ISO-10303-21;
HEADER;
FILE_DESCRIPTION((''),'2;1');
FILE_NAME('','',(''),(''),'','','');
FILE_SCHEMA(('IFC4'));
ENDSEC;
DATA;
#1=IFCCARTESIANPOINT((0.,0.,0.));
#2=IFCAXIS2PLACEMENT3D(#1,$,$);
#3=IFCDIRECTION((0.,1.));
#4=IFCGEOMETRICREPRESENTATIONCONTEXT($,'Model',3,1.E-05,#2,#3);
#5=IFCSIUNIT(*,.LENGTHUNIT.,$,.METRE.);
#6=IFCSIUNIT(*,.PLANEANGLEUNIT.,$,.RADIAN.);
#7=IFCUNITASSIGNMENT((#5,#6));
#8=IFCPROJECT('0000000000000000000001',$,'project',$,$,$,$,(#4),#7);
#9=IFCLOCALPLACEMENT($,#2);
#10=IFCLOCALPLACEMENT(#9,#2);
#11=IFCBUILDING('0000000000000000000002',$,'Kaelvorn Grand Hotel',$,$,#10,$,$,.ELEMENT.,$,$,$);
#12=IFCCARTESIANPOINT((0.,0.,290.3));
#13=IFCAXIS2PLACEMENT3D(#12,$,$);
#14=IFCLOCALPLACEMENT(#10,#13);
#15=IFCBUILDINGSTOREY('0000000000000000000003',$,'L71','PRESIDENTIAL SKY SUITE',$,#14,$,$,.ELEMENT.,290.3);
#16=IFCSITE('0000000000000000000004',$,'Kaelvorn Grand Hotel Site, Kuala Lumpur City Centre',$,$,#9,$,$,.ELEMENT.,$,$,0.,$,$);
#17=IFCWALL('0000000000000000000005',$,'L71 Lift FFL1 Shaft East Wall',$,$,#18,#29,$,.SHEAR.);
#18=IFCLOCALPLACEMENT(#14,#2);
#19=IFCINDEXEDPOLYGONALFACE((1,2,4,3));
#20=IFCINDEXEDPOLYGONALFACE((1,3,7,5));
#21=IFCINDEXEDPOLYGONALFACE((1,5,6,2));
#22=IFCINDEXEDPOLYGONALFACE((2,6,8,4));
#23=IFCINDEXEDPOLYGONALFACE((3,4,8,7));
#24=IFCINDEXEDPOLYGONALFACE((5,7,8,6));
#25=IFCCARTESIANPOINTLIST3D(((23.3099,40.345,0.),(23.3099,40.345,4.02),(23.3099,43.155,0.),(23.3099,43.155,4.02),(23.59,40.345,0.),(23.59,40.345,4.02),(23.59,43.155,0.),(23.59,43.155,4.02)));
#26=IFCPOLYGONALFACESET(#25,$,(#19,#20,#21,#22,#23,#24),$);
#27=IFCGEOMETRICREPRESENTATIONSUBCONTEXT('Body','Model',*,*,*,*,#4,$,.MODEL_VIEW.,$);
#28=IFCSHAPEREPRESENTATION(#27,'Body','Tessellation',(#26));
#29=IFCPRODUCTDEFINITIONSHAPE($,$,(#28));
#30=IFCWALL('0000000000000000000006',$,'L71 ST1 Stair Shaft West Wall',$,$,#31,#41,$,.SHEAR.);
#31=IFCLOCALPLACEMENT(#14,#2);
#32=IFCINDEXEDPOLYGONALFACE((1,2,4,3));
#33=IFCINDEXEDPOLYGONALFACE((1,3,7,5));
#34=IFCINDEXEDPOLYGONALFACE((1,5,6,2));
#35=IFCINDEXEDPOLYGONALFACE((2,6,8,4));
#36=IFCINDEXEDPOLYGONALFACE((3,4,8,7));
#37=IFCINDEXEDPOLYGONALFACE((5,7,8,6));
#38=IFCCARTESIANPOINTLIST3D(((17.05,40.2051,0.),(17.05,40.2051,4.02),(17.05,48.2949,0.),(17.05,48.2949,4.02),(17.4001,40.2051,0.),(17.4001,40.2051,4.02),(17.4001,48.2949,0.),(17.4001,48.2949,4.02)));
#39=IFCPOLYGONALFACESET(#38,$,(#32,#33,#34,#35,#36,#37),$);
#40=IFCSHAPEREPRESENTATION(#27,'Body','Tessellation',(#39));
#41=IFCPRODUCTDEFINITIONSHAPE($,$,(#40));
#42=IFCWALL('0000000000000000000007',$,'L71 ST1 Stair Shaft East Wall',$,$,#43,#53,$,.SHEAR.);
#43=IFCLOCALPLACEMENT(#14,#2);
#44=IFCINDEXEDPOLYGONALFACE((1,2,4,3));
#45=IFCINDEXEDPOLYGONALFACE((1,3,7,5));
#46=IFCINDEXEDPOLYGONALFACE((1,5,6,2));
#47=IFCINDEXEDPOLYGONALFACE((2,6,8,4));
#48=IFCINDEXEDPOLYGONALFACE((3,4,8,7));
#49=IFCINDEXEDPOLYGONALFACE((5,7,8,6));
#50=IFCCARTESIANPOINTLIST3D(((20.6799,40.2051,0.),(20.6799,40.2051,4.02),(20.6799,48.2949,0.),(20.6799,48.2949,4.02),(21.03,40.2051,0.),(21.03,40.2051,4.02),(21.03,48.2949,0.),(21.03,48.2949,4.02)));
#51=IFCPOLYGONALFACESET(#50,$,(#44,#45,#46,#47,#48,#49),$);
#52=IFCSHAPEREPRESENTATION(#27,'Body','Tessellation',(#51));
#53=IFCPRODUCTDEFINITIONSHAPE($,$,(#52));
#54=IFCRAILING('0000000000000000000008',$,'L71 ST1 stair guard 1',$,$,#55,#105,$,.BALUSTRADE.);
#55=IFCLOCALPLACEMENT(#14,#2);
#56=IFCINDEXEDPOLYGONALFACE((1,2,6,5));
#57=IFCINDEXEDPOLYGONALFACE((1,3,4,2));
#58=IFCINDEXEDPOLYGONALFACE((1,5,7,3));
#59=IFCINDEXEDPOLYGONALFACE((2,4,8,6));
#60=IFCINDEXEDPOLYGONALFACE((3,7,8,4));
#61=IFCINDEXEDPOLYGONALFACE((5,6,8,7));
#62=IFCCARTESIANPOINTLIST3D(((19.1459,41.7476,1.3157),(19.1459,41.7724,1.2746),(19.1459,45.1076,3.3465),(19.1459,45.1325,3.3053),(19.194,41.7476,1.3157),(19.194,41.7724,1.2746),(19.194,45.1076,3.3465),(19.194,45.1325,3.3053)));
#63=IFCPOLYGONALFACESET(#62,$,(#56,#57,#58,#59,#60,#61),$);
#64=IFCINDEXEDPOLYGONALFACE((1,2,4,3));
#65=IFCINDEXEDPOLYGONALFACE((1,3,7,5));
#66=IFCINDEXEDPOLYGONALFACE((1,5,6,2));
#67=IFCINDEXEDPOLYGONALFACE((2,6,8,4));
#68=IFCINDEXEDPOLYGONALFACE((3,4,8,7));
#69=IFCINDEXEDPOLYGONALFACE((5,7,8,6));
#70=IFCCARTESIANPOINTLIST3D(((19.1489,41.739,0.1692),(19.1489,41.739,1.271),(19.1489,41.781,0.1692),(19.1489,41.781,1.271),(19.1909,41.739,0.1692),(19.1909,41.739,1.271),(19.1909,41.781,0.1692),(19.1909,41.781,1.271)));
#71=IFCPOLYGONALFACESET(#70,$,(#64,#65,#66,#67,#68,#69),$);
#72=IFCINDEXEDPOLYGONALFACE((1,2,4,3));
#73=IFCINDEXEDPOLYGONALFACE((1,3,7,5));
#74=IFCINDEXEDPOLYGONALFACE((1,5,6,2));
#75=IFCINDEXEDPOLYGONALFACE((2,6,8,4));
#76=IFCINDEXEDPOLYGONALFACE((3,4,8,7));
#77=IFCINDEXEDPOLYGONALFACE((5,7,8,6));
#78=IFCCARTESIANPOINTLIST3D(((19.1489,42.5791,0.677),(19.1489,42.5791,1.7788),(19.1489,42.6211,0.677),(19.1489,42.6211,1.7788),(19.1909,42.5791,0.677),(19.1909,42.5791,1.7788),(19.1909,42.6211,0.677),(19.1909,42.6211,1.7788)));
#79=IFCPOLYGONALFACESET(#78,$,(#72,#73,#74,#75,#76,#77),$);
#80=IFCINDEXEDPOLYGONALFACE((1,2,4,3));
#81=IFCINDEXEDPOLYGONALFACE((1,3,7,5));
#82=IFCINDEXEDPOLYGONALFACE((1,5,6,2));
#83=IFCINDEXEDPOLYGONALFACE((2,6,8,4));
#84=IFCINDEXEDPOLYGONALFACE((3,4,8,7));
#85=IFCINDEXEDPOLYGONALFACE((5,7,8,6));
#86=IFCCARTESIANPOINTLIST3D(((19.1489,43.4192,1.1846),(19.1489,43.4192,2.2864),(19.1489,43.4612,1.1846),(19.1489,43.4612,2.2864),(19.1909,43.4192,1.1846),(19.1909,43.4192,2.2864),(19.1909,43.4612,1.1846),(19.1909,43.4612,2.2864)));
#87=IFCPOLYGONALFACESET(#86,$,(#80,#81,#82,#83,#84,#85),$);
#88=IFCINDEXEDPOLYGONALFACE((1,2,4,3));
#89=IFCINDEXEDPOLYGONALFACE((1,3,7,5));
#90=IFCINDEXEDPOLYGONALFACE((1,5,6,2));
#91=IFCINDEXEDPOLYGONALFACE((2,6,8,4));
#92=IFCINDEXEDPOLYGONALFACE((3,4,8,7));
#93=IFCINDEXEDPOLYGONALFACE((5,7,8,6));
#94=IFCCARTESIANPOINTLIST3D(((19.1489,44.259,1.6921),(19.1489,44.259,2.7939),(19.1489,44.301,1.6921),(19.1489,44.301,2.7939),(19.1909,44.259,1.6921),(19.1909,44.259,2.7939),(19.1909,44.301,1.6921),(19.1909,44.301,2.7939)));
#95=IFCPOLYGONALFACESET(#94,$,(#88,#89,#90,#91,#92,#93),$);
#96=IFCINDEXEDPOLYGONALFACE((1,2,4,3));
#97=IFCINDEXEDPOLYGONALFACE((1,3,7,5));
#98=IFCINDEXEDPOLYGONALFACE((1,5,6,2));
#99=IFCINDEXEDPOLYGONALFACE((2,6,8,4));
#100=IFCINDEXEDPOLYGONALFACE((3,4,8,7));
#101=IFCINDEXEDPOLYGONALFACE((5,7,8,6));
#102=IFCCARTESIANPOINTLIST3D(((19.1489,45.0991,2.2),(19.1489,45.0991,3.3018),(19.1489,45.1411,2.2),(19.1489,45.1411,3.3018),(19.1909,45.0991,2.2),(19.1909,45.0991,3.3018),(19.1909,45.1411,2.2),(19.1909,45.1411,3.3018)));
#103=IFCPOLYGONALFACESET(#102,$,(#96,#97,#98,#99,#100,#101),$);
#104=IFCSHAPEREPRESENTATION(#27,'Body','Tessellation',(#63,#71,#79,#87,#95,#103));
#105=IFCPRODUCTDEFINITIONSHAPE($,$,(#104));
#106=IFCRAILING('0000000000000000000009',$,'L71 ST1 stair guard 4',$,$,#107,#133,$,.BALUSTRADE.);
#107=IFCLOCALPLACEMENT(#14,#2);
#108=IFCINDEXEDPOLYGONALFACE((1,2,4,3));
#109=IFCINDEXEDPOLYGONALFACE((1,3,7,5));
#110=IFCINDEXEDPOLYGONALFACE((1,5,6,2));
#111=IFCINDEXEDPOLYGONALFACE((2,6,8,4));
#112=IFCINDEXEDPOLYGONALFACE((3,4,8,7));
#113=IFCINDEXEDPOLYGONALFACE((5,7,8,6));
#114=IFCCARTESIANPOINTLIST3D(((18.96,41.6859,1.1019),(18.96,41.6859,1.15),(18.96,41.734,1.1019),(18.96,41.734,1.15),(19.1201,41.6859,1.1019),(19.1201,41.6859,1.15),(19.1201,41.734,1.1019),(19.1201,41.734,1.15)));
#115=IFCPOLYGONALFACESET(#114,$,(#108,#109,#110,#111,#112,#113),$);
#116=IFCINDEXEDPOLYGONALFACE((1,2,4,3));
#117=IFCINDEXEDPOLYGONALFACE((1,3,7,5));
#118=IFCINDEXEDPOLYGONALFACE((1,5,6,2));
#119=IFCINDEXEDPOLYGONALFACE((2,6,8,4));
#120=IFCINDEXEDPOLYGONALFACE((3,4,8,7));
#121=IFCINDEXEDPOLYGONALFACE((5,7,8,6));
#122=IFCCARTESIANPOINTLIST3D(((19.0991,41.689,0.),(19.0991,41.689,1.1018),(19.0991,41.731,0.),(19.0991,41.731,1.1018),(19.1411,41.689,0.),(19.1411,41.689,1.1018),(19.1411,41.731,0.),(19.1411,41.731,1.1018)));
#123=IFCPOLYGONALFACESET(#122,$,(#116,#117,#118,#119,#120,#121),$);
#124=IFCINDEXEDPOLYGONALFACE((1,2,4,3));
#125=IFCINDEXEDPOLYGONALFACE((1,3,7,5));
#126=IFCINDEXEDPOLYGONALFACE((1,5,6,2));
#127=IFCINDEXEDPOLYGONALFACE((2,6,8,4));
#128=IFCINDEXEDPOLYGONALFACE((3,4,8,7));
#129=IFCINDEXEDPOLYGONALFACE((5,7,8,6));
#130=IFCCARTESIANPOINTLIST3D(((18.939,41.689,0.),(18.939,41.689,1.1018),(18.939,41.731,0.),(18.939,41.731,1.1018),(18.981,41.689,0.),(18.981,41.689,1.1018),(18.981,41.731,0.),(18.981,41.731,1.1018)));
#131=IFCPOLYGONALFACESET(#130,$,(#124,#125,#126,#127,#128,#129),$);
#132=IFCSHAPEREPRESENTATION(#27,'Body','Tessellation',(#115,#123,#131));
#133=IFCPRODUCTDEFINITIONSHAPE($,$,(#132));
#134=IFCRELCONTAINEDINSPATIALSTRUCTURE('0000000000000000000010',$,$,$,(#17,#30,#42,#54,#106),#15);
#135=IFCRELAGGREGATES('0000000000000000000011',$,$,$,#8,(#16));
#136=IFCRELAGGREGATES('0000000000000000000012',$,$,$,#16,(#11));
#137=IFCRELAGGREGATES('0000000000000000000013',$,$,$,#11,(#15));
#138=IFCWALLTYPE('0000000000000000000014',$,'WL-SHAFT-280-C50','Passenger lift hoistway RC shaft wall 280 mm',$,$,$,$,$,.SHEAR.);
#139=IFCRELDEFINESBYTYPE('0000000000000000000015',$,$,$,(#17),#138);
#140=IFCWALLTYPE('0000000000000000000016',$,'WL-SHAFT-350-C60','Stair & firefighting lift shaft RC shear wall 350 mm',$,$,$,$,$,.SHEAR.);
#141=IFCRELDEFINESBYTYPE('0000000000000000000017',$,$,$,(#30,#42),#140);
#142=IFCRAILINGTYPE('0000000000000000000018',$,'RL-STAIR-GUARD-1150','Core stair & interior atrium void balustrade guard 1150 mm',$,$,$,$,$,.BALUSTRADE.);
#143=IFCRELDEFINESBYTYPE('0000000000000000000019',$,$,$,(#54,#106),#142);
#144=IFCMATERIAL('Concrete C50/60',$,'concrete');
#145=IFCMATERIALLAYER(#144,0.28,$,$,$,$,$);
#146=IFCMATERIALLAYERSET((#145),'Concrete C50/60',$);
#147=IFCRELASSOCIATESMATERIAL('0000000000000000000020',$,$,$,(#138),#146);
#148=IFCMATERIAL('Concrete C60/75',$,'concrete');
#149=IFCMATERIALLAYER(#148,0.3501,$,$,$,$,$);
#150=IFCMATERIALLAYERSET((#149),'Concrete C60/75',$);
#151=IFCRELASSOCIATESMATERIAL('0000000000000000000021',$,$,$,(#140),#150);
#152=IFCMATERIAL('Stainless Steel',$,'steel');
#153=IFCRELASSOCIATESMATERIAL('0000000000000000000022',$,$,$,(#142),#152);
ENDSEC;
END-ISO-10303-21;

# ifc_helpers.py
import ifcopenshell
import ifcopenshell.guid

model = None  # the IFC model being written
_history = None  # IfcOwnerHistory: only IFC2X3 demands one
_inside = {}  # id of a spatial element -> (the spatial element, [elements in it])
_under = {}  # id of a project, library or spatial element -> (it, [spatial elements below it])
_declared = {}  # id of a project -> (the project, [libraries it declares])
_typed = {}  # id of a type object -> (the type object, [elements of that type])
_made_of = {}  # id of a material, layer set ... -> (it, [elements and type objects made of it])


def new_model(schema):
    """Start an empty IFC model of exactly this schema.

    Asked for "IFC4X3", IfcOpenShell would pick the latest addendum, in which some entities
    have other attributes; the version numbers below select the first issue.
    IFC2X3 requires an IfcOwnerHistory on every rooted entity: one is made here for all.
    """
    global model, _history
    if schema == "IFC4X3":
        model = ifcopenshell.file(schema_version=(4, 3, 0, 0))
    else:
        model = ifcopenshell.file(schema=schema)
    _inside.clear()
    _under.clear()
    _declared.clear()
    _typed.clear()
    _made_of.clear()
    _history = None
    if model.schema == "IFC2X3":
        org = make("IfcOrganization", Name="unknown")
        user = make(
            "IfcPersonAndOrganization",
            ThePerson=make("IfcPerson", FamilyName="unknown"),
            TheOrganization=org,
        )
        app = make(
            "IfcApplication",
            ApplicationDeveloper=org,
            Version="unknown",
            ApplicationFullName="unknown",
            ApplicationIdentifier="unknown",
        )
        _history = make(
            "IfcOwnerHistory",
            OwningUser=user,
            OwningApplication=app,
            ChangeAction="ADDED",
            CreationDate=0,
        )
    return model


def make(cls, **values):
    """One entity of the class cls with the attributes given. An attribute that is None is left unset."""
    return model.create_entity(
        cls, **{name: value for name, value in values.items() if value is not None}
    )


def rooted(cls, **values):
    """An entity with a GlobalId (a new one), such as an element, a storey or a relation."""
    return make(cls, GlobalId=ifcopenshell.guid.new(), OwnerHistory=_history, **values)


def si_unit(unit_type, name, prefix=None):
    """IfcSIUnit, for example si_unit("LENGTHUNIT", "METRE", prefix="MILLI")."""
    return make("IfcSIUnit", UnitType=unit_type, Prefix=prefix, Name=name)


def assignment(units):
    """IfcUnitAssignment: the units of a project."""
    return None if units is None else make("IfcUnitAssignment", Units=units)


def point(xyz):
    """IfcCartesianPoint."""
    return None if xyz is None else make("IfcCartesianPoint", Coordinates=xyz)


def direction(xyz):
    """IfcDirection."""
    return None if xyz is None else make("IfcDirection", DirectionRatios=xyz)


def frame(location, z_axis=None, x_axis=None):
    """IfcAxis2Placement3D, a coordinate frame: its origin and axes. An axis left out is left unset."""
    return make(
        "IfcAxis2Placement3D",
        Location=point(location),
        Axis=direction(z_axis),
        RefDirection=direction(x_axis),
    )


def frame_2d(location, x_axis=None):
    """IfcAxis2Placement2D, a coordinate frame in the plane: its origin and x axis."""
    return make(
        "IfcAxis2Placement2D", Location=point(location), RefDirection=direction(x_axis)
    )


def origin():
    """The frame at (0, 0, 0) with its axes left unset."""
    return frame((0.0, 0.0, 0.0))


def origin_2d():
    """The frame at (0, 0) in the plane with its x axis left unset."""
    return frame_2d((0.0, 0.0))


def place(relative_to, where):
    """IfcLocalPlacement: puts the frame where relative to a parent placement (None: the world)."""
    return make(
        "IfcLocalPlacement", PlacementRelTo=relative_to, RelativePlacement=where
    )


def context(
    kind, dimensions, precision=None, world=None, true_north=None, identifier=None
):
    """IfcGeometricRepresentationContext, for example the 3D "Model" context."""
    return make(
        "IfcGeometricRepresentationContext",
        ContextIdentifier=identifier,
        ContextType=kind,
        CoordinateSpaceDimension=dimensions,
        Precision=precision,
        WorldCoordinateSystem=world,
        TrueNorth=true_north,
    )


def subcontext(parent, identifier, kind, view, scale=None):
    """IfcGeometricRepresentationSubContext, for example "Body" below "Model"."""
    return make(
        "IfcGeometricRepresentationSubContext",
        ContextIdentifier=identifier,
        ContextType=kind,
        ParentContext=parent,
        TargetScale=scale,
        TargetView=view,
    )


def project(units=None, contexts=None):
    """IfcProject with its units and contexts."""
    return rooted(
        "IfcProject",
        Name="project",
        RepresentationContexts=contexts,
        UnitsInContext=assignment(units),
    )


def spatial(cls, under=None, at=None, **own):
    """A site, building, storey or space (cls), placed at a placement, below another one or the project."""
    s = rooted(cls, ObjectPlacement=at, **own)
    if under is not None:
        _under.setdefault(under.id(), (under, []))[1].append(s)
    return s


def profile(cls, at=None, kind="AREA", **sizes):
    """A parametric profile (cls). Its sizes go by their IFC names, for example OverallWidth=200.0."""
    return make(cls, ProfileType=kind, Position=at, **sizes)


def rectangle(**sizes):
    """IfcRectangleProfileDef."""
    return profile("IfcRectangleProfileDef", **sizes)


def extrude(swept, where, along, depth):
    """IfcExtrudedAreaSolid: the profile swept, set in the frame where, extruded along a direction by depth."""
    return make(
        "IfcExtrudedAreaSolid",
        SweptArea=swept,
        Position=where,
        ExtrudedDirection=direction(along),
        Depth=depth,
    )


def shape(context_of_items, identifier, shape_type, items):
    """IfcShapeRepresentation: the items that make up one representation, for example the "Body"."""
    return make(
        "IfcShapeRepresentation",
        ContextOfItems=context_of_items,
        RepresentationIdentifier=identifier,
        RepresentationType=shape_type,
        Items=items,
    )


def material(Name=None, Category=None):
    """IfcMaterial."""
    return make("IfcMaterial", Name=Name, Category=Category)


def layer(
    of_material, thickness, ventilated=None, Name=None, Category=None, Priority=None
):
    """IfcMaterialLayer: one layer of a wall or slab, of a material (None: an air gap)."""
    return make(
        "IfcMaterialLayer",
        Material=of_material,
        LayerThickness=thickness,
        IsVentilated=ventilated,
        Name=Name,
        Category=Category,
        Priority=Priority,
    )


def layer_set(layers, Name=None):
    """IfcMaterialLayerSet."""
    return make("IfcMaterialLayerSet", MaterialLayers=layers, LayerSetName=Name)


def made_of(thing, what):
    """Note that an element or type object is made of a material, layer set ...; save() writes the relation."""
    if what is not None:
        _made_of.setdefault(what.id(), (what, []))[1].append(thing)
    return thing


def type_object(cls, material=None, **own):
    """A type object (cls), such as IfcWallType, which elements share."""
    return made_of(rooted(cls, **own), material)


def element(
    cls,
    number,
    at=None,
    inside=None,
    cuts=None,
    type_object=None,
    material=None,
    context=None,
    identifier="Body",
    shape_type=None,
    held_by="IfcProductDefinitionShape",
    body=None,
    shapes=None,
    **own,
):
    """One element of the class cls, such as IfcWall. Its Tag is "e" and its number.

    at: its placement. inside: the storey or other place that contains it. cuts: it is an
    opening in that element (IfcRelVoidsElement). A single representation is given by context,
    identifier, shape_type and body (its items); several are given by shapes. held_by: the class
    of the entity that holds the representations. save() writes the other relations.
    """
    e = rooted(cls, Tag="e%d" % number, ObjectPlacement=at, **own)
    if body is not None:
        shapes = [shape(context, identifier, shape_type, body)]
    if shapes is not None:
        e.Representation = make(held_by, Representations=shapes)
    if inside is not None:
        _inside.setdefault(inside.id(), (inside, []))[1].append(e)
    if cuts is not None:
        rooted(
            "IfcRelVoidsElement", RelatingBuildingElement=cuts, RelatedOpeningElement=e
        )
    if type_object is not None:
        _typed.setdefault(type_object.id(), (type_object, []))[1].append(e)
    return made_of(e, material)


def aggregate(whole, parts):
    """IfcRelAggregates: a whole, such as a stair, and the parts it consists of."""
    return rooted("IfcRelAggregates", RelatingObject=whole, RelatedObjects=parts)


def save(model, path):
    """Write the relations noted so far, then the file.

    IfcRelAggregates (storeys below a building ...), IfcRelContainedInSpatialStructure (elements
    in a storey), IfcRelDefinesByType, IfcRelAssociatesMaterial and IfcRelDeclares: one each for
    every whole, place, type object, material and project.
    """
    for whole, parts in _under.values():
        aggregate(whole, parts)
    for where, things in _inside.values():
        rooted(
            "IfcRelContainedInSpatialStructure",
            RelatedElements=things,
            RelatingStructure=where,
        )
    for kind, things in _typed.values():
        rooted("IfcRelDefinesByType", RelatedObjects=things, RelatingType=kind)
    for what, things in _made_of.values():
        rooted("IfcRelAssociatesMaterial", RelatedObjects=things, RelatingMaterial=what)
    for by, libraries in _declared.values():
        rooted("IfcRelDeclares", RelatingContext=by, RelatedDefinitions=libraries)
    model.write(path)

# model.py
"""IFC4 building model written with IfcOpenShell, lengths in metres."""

from ifc_helpers import new_model, si_unit, direction, frame, frame_2d, origin, origin_2d, place, context, subcontext, project, spatial, rectangle, extrude, material, layer, layer_set, type_object, element, save


model = new_model("IFC4")

# Units and contexts
model_context = context("Model", 3, precision=1e-05, world=origin(), true_north=direction((0.0, 1.0)))
body_context = subcontext(model_context, "Body", "Model", "MODEL_VIEW")
ifc_project = project(units=[si_unit("LENGTHUNIT", "METRE"), si_unit("PLANEANGLEUNIT", "RADIAN")], contexts=[model_context])

# Site, building, storey
site_placement = place(None, origin())
site = spatial("IfcSite", under=ifc_project, at=site_placement, Name="Kaelvorn Grand Hotel Site, Kuala Lumpur City Centre", CompositionType="ELEMENT", RefElevation=0.0)
building_placement = place(site_placement, origin())
building = spatial("IfcBuilding", under=site, at=building_placement, Name="Kaelvorn Grand Hotel", CompositionType="ELEMENT")
storey_placement = place(building_placement, frame((0.0, 0.0, 290.3)))
storey = spatial("IfcBuildingStorey", under=building, at=storey_placement, Name="L71", Description="PRESIDENTIAL SKY SUITE", CompositionType="ELEMENT", Elevation=290.3)

# Shared definitions
ifc_material_1 = material(Name="Concrete C50/60", Category="concrete")

# Shared definitions
ifc_layer_1 = layer(ifc_material_1, 0.28)
ifc_layer_set_1 = layer_set([ifc_layer_1], Name="Concrete C50/60")
wall_type_1 = type_object("IfcWallType", Name="WL-SHAFT-280-C50", Description="Passenger lift hoistway RC shaft wall 280 mm", PredefinedType="SHEAR", material=ifc_layer_set_1)
ifc_material_2 = material(Name="Stainless Steel", Category="steel")

# Wall
wall_1_placement = place(storey_placement, frame((23.45, 40.345, 0.0), z_axis=(0.0, 0.0, 1.0), x_axis=(0.0, 1.0, 0.0)))
element("IfcWall", 1, at=wall_1_placement, inside=storey, type_object=wall_type_1, Name="L71 Lift FFL1 Shaft East Wall", PredefinedType="SHEAR", context=body_context, shape_type="SweptSolid", body=[
    extrude(rectangle(XDim=2.8101, YDim=0.28, at=frame_2d((1.405, 0.0))), origin(), (0.0, 0.0, 1.0), 4.02),
])

# Shared definitions
ifc_material_3 = material(Name="Concrete C60/75", Category="concrete")
ifc_layer_2 = layer(ifc_material_3, 0.3501)
ifc_layer_set_2 = layer_set([ifc_layer_2], Name="Concrete C60/75")
wall_type_2 = type_object("IfcWallType", Name="WL-SHAFT-350-C60", Description="Stair & firefighting lift shaft RC shear wall 350 mm", PredefinedType="SHEAR", material=ifc_layer_set_2)

# Walls
for number, where, z_axis, x_axis, name in (
    (2, (17.2251, 40.2051, 0.0), (0.0, 0.0, 1.0), (0.0, 1.0, 0.0), "L71 ST1 Stair Shaft West Wall"),
    (3, (20.855, 40.2051, 0.0), (0.0, 0.0, 1.0), (0.0, 1.0, 0.0), "L71 ST1 Stair Shaft East Wall"),
):
    element("IfcWall", number, at=place(storey_placement, frame(where, z_axis=z_axis, x_axis=x_axis)), inside=storey, type_object=wall_type_2, Name=name, PredefinedType="SHEAR", context=body_context, shape_type="SweptSolid", body=[
        extrude(rectangle(XDim=8.0898, YDim=0.3501, at=frame_2d((4.0449, 0.0))), origin(), (0.0, 0.0, 1.0), 4.02),
    ])

# Railings
railing_type = type_object("IfcRailingType", Name="RL-STAIR-GUARD-1150", Description="Core stair & interior atrium void balustrade guard 1150 mm", PredefinedType="BALUSTRADE", material=ifc_material_2)
railing_1_placement = place(storey_placement, frame((19.1699, 41.76, 0.1692)))
element("IfcRailing", 4, at=railing_1_placement, inside=storey, type_object=railing_type, Name="L71 ST1 stair guard 1", PredefinedType="BALUSTRADE", context=body_context, shape_type="SweptSolid", body=[
    extrude(rectangle(XDim=0.0481, YDim=0.0481, at=origin_2d()), frame((0.0, 0.0, 1.126), z_axis=(0.0, 0.855837, 0.517246), x_axis=(-1.0, 0.0, 0.0)), (0.0, 0.0, 1.0), 3.926),
    extrude(rectangle(XDim=0.042, YDim=0.042, at=origin_2d()), origin(), (0.0, 0.0, 1.0), 1.1018),
    extrude(rectangle(XDim=0.042, YDim=0.042, at=origin_2d()), frame((0.0, 0.8401, 0.5078)), (0.0, 0.0, 1.0), 1.1018),
    extrude(rectangle(XDim=0.042, YDim=0.042, at=origin_2d()), frame((0.0, 1.6802, 1.0154)), (0.0, 0.0, 1.0), 1.1018),
    extrude(rectangle(XDim=0.042, YDim=0.042, at=origin_2d()), frame((0.0, 2.52, 1.5229)), (0.0, 0.0, 1.0), 1.1018),
    extrude(rectangle(XDim=0.042, YDim=0.042, at=origin_2d()), frame((0.0, 3.3601, 2.0308)), (0.0, 0.0, 1.0), 1.1018),
])
railing_2_placement = place(storey_placement, frame((19.1201, 41.71, 0.0)))
element("IfcRailing", 5, at=railing_2_placement, inside=storey, type_object=railing_type, Name="L71 ST1 stair guard 4", PredefinedType="BALUSTRADE", context=body_context, shape_type="SweptSolid", body=[
    extrude(rectangle(XDim=0.0481, YDim=0.0481, at=origin_2d()), frame((0.0, 0.0, 1.126), z_axis=(-1.0, 0.0, 0.0), x_axis=(0.0, -1.0, 0.0)), (0.0, 0.0, 1.0), 0.1602),
    extrude(rectangle(XDim=0.042, YDim=0.042, at=origin_2d()), origin(), (0.0, 0.0, 1.0), 1.1018),
    extrude(rectangle(XDim=0.042, YDim=0.042, at=origin_2d()), frame((-0.1602, 0.0, 0.0)), (0.0, 0.0, 1.0), 1.1018),
])

save(model, "model.ifc")
